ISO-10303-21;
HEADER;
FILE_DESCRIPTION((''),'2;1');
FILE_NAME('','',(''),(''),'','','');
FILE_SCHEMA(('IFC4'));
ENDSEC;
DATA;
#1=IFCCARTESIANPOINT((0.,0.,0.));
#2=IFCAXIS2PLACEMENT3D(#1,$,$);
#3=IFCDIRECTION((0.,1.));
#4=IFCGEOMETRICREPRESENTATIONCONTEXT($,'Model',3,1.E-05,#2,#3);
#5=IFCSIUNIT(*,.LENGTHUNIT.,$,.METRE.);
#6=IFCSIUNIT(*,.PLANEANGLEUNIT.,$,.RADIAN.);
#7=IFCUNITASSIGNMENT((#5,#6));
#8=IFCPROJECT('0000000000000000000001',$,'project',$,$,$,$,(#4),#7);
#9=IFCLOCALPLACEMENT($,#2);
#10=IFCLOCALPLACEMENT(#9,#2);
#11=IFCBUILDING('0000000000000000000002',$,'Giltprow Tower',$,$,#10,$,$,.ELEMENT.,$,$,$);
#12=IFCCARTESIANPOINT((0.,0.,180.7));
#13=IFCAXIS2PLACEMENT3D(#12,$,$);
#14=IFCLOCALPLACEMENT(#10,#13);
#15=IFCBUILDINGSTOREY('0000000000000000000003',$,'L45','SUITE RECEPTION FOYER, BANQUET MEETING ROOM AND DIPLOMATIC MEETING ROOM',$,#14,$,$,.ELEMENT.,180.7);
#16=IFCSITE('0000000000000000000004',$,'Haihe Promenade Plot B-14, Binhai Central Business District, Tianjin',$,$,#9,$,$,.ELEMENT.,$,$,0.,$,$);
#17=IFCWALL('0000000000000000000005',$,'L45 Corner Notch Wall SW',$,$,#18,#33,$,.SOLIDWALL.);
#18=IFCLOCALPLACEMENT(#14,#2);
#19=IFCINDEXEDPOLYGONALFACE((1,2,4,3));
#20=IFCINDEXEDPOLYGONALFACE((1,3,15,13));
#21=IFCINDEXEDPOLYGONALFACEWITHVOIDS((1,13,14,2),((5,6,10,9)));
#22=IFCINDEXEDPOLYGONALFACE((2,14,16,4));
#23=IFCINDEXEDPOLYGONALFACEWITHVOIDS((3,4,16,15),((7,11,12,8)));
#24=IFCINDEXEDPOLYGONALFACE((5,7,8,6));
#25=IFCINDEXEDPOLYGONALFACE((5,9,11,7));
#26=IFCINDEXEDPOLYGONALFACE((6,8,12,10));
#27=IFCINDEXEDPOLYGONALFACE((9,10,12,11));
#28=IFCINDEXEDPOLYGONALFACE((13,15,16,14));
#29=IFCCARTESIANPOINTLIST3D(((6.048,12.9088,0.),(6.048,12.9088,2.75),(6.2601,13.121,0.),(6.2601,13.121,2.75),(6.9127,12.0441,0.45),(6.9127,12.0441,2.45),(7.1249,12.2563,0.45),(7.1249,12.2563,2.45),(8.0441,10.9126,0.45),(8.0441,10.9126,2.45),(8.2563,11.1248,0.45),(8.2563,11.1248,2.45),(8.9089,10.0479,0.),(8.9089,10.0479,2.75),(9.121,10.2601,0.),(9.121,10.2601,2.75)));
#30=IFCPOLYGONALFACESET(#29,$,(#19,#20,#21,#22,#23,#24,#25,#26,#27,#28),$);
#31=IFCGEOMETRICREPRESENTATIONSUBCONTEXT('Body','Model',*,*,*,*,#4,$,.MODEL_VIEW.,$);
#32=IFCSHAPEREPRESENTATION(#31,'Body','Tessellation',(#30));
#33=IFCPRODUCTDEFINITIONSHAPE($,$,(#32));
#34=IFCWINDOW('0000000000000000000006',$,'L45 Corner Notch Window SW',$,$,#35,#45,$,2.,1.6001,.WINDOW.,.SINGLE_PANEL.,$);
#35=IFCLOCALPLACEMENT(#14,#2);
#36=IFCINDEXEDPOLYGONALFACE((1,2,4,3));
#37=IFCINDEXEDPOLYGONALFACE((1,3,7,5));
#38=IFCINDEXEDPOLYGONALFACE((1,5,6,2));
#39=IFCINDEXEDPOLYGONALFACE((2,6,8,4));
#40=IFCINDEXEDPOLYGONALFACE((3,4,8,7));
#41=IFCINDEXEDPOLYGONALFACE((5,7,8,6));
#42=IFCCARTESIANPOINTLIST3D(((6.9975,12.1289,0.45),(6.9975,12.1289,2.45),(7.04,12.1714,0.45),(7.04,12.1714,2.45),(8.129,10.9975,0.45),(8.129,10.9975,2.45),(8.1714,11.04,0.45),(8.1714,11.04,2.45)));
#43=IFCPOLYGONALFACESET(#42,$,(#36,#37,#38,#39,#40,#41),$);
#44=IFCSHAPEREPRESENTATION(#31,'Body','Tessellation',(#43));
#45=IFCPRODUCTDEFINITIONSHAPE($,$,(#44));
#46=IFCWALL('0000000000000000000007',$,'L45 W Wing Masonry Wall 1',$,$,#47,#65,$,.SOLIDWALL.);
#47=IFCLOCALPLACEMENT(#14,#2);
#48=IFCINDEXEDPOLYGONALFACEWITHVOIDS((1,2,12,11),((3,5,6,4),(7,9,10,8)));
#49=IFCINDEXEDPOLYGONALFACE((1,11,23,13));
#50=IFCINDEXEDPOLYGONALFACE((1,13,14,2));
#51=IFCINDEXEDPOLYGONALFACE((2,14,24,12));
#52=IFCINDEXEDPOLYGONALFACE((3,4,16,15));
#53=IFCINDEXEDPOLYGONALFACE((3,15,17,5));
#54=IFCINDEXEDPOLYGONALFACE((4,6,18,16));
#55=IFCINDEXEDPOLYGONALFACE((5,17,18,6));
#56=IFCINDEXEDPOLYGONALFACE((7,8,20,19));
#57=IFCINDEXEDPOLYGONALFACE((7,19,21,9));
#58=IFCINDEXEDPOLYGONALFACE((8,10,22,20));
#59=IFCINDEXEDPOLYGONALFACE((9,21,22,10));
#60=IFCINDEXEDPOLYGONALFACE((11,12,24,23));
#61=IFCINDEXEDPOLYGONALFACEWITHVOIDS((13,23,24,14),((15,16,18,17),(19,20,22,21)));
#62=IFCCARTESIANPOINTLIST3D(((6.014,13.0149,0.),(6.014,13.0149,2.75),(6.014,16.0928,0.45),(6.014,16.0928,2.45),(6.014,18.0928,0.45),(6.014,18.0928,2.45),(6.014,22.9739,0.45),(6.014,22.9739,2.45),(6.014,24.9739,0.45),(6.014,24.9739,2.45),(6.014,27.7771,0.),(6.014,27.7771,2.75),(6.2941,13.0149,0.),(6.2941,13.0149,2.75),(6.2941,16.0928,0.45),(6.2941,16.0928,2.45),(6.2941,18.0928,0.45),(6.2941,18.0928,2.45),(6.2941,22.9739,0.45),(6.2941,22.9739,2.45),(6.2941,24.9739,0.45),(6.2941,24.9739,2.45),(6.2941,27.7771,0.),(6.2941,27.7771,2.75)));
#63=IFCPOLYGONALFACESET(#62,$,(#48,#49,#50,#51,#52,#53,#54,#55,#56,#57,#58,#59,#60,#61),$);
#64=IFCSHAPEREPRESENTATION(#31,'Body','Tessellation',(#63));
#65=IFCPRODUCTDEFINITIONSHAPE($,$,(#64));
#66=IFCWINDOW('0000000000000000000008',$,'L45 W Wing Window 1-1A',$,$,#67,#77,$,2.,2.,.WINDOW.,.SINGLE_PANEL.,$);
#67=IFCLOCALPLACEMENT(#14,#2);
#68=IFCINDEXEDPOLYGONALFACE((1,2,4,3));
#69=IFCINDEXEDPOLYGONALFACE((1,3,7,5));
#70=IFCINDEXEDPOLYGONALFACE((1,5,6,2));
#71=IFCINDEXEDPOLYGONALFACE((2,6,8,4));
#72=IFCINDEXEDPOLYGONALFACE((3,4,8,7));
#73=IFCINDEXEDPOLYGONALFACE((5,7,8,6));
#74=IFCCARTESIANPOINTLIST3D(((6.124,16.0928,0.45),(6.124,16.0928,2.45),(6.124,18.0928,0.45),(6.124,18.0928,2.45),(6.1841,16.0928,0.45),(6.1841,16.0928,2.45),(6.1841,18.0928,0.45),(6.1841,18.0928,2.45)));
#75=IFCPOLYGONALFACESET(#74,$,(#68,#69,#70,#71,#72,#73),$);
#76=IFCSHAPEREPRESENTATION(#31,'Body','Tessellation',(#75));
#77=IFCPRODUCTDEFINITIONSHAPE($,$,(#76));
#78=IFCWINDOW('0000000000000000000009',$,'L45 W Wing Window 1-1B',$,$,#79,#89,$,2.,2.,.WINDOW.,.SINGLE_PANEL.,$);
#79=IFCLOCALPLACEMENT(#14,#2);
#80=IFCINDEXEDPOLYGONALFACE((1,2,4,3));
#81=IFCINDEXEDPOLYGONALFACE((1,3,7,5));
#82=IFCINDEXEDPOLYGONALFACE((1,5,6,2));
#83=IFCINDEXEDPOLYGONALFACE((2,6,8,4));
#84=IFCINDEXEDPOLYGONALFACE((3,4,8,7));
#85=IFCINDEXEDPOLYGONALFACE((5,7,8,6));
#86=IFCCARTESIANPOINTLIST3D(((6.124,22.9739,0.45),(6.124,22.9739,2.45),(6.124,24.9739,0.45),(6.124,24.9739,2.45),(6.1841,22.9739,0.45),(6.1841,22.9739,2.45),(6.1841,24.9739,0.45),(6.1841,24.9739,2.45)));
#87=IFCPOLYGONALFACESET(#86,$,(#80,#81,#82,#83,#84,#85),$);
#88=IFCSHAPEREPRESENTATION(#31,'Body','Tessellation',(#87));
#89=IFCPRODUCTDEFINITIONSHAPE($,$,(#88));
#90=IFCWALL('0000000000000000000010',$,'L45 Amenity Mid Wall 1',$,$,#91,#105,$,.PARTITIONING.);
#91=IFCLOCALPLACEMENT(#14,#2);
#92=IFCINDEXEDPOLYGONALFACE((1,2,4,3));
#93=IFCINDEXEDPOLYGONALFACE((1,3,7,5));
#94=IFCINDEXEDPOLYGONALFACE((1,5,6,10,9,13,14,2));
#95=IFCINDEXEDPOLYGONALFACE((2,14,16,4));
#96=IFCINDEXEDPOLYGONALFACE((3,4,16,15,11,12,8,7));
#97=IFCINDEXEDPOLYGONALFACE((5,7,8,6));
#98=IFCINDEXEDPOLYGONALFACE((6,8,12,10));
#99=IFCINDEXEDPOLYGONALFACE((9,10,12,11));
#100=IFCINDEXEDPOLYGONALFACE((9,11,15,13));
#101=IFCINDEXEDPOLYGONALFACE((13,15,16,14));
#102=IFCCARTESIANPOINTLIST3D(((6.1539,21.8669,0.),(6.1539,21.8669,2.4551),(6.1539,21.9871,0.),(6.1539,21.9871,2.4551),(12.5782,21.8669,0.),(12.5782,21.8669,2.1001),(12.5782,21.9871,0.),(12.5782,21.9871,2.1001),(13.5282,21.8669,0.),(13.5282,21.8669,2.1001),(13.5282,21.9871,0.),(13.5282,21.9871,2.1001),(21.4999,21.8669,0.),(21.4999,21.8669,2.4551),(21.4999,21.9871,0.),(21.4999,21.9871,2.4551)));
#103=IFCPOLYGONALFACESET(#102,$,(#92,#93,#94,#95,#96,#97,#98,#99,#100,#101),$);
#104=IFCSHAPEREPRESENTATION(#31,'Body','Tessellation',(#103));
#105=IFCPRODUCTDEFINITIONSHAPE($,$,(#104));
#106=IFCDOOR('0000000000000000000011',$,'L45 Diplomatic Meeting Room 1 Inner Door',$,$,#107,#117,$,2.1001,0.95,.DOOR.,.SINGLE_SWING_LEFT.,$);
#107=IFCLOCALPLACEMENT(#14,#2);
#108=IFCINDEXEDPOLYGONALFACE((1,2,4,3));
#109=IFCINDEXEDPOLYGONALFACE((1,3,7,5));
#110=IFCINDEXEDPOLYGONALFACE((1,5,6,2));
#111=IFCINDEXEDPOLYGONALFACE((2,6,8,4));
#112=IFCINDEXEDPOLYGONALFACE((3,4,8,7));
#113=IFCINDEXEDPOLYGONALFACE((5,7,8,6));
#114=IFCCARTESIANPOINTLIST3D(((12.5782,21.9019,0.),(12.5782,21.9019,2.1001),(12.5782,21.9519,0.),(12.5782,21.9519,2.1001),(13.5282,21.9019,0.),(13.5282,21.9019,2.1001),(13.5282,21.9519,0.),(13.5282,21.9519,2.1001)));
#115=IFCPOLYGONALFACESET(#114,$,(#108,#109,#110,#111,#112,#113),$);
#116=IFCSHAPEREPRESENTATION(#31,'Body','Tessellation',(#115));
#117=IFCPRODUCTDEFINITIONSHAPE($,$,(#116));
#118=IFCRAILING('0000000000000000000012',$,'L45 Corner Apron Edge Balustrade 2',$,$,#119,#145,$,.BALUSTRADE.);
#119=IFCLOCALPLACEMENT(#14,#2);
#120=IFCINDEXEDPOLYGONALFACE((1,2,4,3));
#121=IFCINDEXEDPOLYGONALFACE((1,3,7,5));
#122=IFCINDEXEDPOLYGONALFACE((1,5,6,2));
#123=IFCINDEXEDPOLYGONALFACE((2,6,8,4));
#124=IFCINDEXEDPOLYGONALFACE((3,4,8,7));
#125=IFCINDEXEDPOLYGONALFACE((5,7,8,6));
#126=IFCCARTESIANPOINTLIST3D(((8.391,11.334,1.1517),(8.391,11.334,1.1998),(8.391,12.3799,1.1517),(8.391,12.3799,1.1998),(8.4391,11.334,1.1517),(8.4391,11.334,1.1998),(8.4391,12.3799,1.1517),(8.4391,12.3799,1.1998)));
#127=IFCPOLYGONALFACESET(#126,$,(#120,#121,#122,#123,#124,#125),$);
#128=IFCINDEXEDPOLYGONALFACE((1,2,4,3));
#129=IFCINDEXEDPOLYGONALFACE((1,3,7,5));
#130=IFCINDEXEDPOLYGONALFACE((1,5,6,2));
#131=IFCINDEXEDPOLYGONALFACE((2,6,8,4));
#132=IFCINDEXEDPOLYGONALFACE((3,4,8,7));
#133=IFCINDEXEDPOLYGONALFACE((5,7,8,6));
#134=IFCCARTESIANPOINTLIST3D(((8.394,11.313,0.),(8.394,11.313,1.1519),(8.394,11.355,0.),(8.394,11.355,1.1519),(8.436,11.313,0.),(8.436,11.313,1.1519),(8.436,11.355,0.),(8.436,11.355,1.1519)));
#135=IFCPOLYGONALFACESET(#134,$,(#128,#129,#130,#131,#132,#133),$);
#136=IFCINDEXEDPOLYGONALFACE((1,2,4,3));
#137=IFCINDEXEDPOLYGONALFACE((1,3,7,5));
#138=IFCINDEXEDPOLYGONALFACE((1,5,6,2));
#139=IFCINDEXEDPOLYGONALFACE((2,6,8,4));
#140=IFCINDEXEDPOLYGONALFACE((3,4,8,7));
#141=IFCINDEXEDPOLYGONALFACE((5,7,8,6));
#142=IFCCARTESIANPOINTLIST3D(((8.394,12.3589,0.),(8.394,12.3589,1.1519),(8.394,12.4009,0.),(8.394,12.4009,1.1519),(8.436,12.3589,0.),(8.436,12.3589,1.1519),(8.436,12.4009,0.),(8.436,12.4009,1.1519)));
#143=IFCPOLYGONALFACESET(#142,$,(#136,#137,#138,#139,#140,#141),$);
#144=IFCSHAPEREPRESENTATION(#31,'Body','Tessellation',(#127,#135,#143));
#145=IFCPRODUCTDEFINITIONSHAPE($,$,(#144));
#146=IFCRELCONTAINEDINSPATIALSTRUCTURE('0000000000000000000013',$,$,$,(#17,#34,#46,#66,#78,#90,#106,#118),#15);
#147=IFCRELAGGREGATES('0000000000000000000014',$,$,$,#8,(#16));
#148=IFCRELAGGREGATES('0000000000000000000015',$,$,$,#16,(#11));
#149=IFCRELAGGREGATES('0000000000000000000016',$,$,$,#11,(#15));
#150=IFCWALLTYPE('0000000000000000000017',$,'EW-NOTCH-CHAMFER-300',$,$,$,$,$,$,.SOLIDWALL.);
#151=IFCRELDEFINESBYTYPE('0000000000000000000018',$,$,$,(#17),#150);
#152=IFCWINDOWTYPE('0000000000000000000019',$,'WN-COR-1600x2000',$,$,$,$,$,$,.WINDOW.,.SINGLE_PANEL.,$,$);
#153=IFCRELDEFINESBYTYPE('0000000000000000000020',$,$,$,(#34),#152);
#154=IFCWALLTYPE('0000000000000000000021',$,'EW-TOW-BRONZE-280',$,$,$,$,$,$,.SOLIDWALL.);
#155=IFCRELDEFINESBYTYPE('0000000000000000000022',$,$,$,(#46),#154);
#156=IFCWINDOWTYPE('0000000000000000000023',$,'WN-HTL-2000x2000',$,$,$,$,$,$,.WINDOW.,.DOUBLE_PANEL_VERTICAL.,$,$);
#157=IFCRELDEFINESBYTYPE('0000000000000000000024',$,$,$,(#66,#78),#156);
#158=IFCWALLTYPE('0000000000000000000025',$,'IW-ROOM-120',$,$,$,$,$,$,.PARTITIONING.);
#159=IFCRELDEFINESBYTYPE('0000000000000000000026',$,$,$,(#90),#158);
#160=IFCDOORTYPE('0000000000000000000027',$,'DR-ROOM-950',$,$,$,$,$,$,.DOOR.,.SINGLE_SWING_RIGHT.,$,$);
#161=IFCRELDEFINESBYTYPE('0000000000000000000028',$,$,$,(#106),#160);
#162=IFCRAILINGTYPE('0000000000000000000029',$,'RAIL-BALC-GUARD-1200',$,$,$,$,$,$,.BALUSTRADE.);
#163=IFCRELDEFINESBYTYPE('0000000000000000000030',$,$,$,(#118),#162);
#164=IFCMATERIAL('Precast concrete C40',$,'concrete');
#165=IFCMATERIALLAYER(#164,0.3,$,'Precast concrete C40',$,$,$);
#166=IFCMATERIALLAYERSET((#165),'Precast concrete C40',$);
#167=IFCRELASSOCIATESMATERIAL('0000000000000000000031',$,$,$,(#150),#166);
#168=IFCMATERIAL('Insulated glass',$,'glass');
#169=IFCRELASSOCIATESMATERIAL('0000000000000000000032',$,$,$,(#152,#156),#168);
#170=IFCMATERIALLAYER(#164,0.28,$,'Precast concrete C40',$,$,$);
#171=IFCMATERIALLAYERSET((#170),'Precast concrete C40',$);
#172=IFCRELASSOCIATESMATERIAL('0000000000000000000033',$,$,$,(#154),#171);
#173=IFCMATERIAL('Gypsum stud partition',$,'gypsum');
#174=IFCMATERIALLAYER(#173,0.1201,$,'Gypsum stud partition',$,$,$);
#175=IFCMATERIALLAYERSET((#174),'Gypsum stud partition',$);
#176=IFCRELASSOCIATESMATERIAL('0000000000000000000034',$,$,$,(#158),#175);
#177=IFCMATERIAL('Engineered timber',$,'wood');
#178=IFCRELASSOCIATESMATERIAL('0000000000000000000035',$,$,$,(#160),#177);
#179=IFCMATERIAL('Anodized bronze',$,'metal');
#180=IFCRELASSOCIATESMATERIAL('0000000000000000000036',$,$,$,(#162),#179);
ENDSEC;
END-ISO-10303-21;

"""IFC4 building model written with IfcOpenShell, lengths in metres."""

from ifc_helpers import new_model, si_unit, direction, frame, frame_2d, origin, origin_2d, place, context, subcontext, project, spatial, rectangle, extrude, source, transform, mapped, material, layer, layer_set, type_object, element, fill, save


model = new_model("IFC4")

# Units and contexts
model_context = context("Model", 3, precision=1e-05, world=origin(), true_north=direction((0.0, 1.0)))
body_context = subcontext(model_context, "Body", "Model", "MODEL_VIEW")
ifc_project = project(units=[si_unit("LENGTHUNIT", "METRE"), si_unit("PLANEANGLEUNIT", "RADIAN")], contexts=[model_context])

# Site, building, storey
site_placement = place(None, origin())
site = spatial("IfcSite", under=ifc_project, at=site_placement, Name="Haihe Promenade Plot B-14, Binhai Central Business District, Tianjin", CompositionType="ELEMENT", RefElevation=0.0)
building_placement = place(site_placement, origin())
building = spatial("IfcBuilding", under=site, at=building_placement, Name="Giltprow Tower", CompositionType="ELEMENT")
storey_placement = place(building_placement, frame((0.0, 0.0, 180.7)))
storey = spatial("IfcBuildingStorey", under=building, at=storey_placement, Name="L45", Description="SUITE RECEPTION FOYER, BANQUET MEETING ROOM AND DIPLOMATIC MEETING ROOM", CompositionType="ELEMENT", Elevation=180.7)

# Shared definitions
ifc_material_1 = material(Name="Anodized bronze", Category="metal")
ifc_material_2 = material(Name="Insulated glass", Category="glass")

# Wall, opening, window
ifc_material_3 = material(Name="Precast concrete C40", Category="concrete")
ifc_layer_1 = layer(ifc_material_3, 0.3, Name="Precast concrete C40")
ifc_layer_set_1 = layer_set([ifc_layer_1], Name="Precast concrete C40")
wall_type_1 = type_object("IfcWallType", Name="EW-NOTCH-CHAMFER-300", PredefinedType="SOLIDWALL", material=ifc_layer_set_1)
wall_1_placement = place(storey_placement, frame((6.1541, 13.0149, 0.0), z_axis=(0.0, 0.0, 1.0), x_axis=(0.707107, -0.707107, 0.0)))
wall_1 = element("IfcWall", 1, at=wall_1_placement, inside=storey, type_object=wall_type_1, Name="L45 Corner Notch Wall SW", PredefinedType="SOLIDWALL", context=body_context, shape_type="SweptSolid", body=[
    extrude(rectangle(XDim=4.0459, YDim=0.3, at=frame_2d((2.0229, 0.0))), origin(), (0.0, 0.0, 1.0), 2.75),
])
opening_1_placement = place(wall_1_placement, frame((1.2229, 0.0, 0.45)))
opening_1 = element("IfcOpeningElement", 2, at=opening_1_placement, cuts=wall_1, PredefinedType="OPENING", context=body_context, shape_type="SweptSolid", body=[
    extrude(rectangle(XDim=1.6001, YDim=2.0, at=frame_2d((0.8, 1.0))), frame((0.0, 0.1599, 0.0), z_axis=(0.0, -1.0, 0.0), x_axis=(1.0, 0.0, 0.0)), (0.0, 0.0, 1.0), 0.3201),
])
window_type_1 = type_object("IfcWindowType", Name="WN-COR-1600x2000", PartitioningType="SINGLE_PANEL", PredefinedType="WINDOW", material=ifc_material_2)
shared_shape_1 = source(origin(), body_context, "Body", "SweptSolid", [
    extrude(rectangle(XDim=1.6001, YDim=2.0, at=frame_2d((0.8, 1.0))), frame((0.0, 0.03, 0.0), z_axis=(0.0, -1.0, 0.0), x_axis=(1.0, 0.0, 0.0)), (0.0, 0.0, 1.0), 0.0601),
])
window_1_placement = place(opening_1_placement, origin())
window_1 = element("IfcWindow", 3, at=window_1_placement, inside=storey, type_object=window_type_1, Name="L45 Corner Notch Window SW", OverallHeight=2.0, OverallWidth=1.6001, PartitioningType="SINGLE_PANEL", PredefinedType="WINDOW", context=body_context, shape_type="MappedRepresentation", body=[
    mapped(shared_shape_1, transform((0.0, 0.0, 0.0), x_axis=(1.0, 0.0, 0.0), y_axis=(0.0, 1.0, 0.0), z_axis=(0.0, 0.0, 1.0), scale=1.0)),
])
fill(opening_1, window_1)

# Wall, openings, windows
ifc_layer_2 = layer(ifc_material_3, 0.28, Name="Precast concrete C40")
ifc_layer_set_2 = layer_set([ifc_layer_2], Name="Precast concrete C40")
wall_type_2 = type_object("IfcWallType", Name="EW-TOW-BRONZE-280", PredefinedType="SOLIDWALL", material=ifc_layer_set_2)
wall_2_placement = place(storey_placement, frame((6.1541, 13.0149, 0.0), z_axis=(0.0, 0.0, 1.0), x_axis=(0.0, 1.0, 0.0)))
wall_2 = element("IfcWall", 4, at=wall_2_placement, inside=storey, type_object=wall_type_2, Name="L45 W Wing Masonry Wall 1", PredefinedType="SOLIDWALL", context=body_context, shape_type="SweptSolid", body=[
    extrude(rectangle(XDim=14.7622, YDim=0.28, at=frame_2d((7.3811, 0.0))), origin(), (0.0, 0.0, 1.0), 2.75),
])
opening_2_placement = place(wall_2_placement, frame((3.0779, 0.0, 0.45)))
opening_2 = element("IfcOpeningElement", 5, at=opening_2_placement, cuts=wall_2, PredefinedType="OPENING", context=body_context, shape_type="SweptSolid", body=[
    extrude(rectangle(XDim=2.0, YDim=2.0, at=frame_2d((1.0, 1.0))), frame((0.0, 0.1499, 0.0), z_axis=(0.0, -1.0, 0.0), x_axis=(1.0, 0.0, 0.0)), (0.0, 0.0, 1.0), 0.3),
])
opening_3_placement = place(wall_2_placement, frame((9.959, 0.0, 0.45)))
opening_3 = element("IfcOpeningElement", 6, at=opening_3_placement, cuts=wall_2, PredefinedType="OPENING", context=body_context, shape_type="SweptSolid", body=[
    extrude(rectangle(XDim=2.0, YDim=2.0, at=frame_2d((1.0, 1.0))), frame((0.0, 0.1499, 0.0), z_axis=(0.0, -1.0, 0.0), x_axis=(1.0, 0.0, 0.0)), (0.0, 0.0, 1.0), 0.3),
])
window_type_2 = type_object("IfcWindowType", Name="WN-HTL-2000x2000", PartitioningType="DOUBLE_PANEL_VERTICAL", PredefinedType="WINDOW", material=ifc_material_2)
shared_shape_2 = source(origin(), body_context, "Body", "SweptSolid", [
    extrude(rectangle(XDim=2.0, YDim=2.0, at=frame_2d((1.0, 1.0))), frame((0.0, 0.03, 0.0), z_axis=(0.0, -1.0, 0.0), x_axis=(1.0, 0.0, 0.0)), (0.0, 0.0, 1.0), 0.0601),
])
window_2_placement = place(opening_2_placement, origin())
window_2 = element("IfcWindow", 7, at=window_2_placement, inside=storey, type_object=window_type_2, Name="L45 W Wing Window 1-1A", OverallHeight=2.0, OverallWidth=2.0, PartitioningType="SINGLE_PANEL", PredefinedType="WINDOW", context=body_context, shape_type="MappedRepresentation", body=[
    mapped(shared_shape_2, transform((0.0, 0.0, 0.0), x_axis=(1.0, 0.0, 0.0), y_axis=(0.0, 1.0, 0.0), z_axis=(0.0, 0.0, 1.0), scale=1.0)),
])
fill(opening_2, window_2)
window_3_placement = place(opening_3_placement, origin())
window_3 = element("IfcWindow", 8, at=window_3_placement, inside=storey, type_object=window_type_2, Name="L45 W Wing Window 1-1B", OverallHeight=2.0, OverallWidth=2.0, PartitioningType="SINGLE_PANEL", PredefinedType="WINDOW", context=body_context, shape_type="MappedRepresentation", body=[
    mapped(shared_shape_2, transform((0.0, 0.0, 0.0), x_axis=(1.0, 0.0, 0.0), y_axis=(0.0, 1.0, 0.0), z_axis=(0.0, 0.0, 1.0), scale=1.0)),
])
fill(opening_3, window_3)

# Wall, opening, door
ifc_material_4 = material(Name="Gypsum stud partition", Category="gypsum")
ifc_layer_3 = layer(ifc_material_4, 0.1201, Name="Gypsum stud partition")
ifc_layer_set_3 = layer_set([ifc_layer_3], Name="Gypsum stud partition")
wall_type_3 = type_object("IfcWallType", Name="IW-ROOM-120", PredefinedType="PARTITIONING", material=ifc_layer_set_3)
wall_3_placement = place(storey_placement, frame((6.1541, 21.927, 0.0), z_axis=(0.0, 0.0, 1.0), x_axis=(1.0, 0.0, 0.0)))
wall_3 = element("IfcWall", 9, at=wall_3_placement, inside=storey, type_object=wall_type_3, Name="L45 Amenity Mid Wall 1", PredefinedType="PARTITIONING", context=body_context, shape_type="SweptSolid", body=[
    extrude(rectangle(XDim=15.3459, YDim=0.1201, at=frame_2d((7.6729, 0.0))), origin(), (0.0, 0.0, 1.0), 2.4551),
])
opening_4_placement = place(wall_3_placement, frame((6.4241, 0.0, 0.0)))
opening_4 = element("IfcOpeningElement", 10, at=opening_4_placement, cuts=wall_3, PredefinedType="OPENING", context=body_context, shape_type="SweptSolid", body=[
    extrude(rectangle(XDim=0.95, YDim=2.1001, at=frame_2d((0.4751, 1.05))), frame((0.0, 0.0701, 0.0), z_axis=(0.0, -1.0, 0.0), x_axis=(1.0, 0.0, 0.0)), (0.0, 0.0, 1.0), 0.1401),
])
ifc_material_5 = material(Name="Engineered timber", Category="wood")
door_type = type_object("IfcDoorType", Name="DR-ROOM-950", OperationType="SINGLE_SWING_RIGHT", PredefinedType="DOOR", material=ifc_material_5)
shared_shape_3 = source(origin(), body_context, "Body", "SweptSolid", [
    extrude(rectangle(XDim=0.95, YDim=2.1001, at=frame_2d((0.4751, 1.05))), frame((0.0, 0.0249, 0.0), z_axis=(0.0, -1.0, 0.0), x_axis=(1.0, 0.0, 0.0)), (0.0, 0.0, 1.0), 0.05),
])
door_placement = place(opening_4_placement, origin())
door = element("IfcDoor", 11, at=door_placement, inside=storey, type_object=door_type, Name="L45 Diplomatic Meeting Room 1 Inner Door", OperationType="SINGLE_SWING_LEFT", OverallHeight=2.1001, OverallWidth=0.95, PredefinedType="DOOR", context=body_context, shape_type="MappedRepresentation", body=[
    mapped(shared_shape_3, transform((0.0, 0.0, 0.0), x_axis=(1.0, 0.0, 0.0), y_axis=(0.0, 1.0, 0.0), z_axis=(0.0, 0.0, 1.0), scale=1.0)),
])
fill(opening_4, door)

# Railing
railing_type = type_object("IfcRailingType", Name="RAIL-BALC-GUARD-1200", PredefinedType="BALUSTRADE", material=ifc_material_1)
railing_1_placement = place(storey_placement, frame((8.415, 11.334, 0.0)))
element("IfcRailing", 12, at=railing_1_placement, inside=storey, type_object=railing_type, Name="L45 Corner Apron Edge Balustrade 2", PredefinedType="BALUSTRADE", context=body_context, shape_type="SweptSolid", body=[
    extrude(rectangle(XDim=0.0481, YDim=0.0481, at=origin_2d()), frame((0.0, 0.0, 1.1758), z_axis=(0.0, 1.0, 0.0), x_axis=(-1.0, 0.0, 0.0)), (0.0, 0.0, 1.0), 1.0459),
    extrude(rectangle(XDim=0.042, YDim=0.042, at=origin_2d()), origin(), (0.0, 0.0, 1.0), 1.1519),
    extrude(rectangle(XDim=0.042, YDim=0.042, at=origin_2d()), frame((0.0, 1.0459, 0.0)), (0.0, 0.0, 1.0), 1.1519),
])

save(model, "model.ifc")
